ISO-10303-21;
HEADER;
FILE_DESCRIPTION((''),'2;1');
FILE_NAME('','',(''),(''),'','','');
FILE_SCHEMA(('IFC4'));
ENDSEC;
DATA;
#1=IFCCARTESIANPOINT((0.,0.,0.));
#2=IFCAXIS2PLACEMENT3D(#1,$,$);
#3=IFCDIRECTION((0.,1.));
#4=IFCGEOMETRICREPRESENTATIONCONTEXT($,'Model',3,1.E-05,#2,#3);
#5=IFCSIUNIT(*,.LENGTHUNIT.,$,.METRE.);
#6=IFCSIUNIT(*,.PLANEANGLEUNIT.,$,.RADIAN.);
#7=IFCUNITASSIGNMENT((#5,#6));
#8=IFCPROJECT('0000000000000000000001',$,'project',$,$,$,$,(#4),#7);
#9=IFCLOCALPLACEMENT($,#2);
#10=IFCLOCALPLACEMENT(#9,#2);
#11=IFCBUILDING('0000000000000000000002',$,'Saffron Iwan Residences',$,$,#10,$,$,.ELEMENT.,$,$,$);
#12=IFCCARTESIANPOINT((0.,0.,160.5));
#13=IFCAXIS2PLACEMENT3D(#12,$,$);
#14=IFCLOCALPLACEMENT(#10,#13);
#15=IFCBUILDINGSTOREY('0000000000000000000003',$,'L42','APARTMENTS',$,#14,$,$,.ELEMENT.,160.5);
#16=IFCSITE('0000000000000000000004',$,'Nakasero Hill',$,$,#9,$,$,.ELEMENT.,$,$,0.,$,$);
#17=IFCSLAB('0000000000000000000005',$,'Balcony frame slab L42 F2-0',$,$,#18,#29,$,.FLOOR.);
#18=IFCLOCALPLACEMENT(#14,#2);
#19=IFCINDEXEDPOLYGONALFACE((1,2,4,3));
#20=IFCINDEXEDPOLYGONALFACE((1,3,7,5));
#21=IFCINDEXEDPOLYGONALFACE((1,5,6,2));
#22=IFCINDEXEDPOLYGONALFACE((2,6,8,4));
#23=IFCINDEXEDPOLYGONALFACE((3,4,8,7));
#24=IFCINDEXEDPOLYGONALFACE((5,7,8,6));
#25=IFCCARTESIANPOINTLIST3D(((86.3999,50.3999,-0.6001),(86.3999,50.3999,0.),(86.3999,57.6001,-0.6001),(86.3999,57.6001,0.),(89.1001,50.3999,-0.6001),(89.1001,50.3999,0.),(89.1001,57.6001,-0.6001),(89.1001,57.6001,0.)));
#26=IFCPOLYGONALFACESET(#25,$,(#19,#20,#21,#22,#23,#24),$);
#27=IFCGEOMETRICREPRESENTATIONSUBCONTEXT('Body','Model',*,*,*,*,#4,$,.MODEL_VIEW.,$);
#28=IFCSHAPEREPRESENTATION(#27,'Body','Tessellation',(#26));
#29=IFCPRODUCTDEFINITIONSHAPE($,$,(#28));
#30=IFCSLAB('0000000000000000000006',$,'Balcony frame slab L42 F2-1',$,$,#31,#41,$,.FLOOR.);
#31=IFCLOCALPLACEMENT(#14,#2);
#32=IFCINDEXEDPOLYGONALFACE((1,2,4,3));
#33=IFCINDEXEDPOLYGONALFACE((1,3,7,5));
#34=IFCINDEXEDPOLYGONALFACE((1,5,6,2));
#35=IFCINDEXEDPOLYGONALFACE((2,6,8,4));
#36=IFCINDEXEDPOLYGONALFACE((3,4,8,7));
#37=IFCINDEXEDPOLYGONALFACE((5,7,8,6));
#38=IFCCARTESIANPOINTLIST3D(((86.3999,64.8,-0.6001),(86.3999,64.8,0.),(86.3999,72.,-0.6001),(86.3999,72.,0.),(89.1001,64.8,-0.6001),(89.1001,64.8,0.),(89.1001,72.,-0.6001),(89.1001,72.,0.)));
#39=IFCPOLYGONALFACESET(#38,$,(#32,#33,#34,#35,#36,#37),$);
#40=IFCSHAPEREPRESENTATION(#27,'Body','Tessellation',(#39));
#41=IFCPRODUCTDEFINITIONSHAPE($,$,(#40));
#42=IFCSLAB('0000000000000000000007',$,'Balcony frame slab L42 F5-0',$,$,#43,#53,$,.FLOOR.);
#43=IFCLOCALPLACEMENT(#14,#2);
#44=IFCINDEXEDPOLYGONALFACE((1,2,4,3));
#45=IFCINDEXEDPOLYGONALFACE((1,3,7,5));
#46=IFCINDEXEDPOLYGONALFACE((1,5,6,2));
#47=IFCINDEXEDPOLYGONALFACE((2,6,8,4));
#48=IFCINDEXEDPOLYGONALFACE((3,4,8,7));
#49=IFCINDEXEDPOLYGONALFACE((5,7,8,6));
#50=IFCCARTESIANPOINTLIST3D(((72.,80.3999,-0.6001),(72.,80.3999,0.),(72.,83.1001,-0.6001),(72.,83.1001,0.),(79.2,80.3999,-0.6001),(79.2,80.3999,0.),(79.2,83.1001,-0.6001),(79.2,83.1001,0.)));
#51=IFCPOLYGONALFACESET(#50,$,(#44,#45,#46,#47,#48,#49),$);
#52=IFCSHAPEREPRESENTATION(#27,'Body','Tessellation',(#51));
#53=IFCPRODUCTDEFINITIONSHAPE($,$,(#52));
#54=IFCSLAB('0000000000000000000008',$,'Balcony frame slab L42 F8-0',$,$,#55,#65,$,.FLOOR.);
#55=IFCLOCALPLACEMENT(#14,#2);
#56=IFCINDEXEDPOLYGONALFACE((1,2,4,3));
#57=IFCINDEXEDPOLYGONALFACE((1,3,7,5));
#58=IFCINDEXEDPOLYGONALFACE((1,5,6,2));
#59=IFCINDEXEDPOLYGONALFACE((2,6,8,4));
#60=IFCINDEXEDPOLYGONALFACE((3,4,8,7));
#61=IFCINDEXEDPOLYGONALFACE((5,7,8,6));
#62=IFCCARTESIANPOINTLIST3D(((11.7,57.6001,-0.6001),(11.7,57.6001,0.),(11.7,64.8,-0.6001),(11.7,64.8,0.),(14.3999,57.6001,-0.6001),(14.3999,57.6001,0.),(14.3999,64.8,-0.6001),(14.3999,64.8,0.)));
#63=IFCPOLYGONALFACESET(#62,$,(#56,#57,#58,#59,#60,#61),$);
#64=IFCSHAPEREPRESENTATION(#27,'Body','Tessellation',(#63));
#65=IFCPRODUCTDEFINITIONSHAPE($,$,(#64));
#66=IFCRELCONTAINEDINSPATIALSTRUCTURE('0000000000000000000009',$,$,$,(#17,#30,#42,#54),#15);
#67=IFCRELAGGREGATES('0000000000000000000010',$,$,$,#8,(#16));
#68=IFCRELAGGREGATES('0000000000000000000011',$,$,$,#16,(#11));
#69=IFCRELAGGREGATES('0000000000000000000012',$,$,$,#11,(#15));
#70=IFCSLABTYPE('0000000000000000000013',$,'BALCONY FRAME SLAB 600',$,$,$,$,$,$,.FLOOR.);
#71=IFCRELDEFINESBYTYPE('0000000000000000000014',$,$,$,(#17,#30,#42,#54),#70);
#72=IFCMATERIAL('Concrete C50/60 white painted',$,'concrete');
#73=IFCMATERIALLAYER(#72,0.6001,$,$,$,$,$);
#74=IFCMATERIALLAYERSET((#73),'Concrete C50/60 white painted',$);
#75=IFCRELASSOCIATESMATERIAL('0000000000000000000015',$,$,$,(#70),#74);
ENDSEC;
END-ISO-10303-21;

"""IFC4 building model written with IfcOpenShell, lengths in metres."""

from ifc_helpers import new_model, si_unit, direction, frame, origin, place, context, subcontext, project, spatial, polyline, outline, extrude, material, layer, layer_set, type_object, element, save


model = new_model("IFC4")

# Units and contexts
model_context = context("Model", 3, precision=1e-05, world=origin(), true_north=direction((0.0, 1.0)))
body_context = subcontext(model_context, "Body", "Model", "MODEL_VIEW")
ifc_project = project(units=[si_unit("LENGTHUNIT", "METRE"), si_unit("PLANEANGLEUNIT", "RADIAN")], contexts=[model_context])

# Site, building, storey
site_placement = place(None, origin())
site = spatial("IfcSite", under=ifc_project, at=site_placement, Name="Nakasero Hill", CompositionType="ELEMENT", RefElevation=0.0)
building_placement = place(site_placement, origin())
building = spatial("IfcBuilding", under=site, at=building_placement, Name="Saffron Iwan Residences", CompositionType="ELEMENT")
storey_placement = place(building_placement, frame((0.0, 0.0, 160.5)))
storey = spatial("IfcBuildingStorey", under=building, at=storey_placement, Name="L42", Description="APARTMENTS", CompositionType="ELEMENT", Elevation=160.5)

# Slabs
ifc_material_1 = material(Name="Concrete C50/60 white painted", Category="concrete")
ifc_layer_1 = layer(ifc_material_1, 0.6001)
ifc_layer_set_1 = layer_set([ifc_layer_1], Name="Concrete C50/60 white painted")
slab_type_1 = type_object("IfcSlabType", Name="BALCONY FRAME SLAB 600", PredefinedType="FLOOR", material=ifc_layer_set_1)
slab_1_placement = place(storey_placement, frame((0.0, 0.0, -0.6001)))
element("IfcSlab", 1, at=slab_1_placement, inside=storey, type_object=slab_type_1, Name="Balcony frame slab L42 F2-0", PredefinedType="FLOOR", context=body_context, shape_type="SweptSolid", body=[
    extrude(outline(polyline([(89.1001, 50.3999), (89.1001, 57.6001), (86.3999, 57.6001), (86.3999, 50.3999), (89.1001, 50.3999)])), origin(), (0.0, 0.0, 1.0), 0.6001),
])
slab_2_placement = place(storey_placement, frame((0.0, 0.0, -0.6001)))
element("IfcSlab", 2, at=slab_2_placement, inside=storey, type_object=slab_type_1, Name="Balcony frame slab L42 F2-1", PredefinedType="FLOOR", context=body_context, shape_type="SweptSolid", body=[
    extrude(outline(polyline([(89.1001, 64.8), (89.1001, 72.0), (86.3999, 72.0), (86.3999, 64.8), (89.1001, 64.8)])), origin(), (0.0, 0.0, 1.0), 0.6001),
])
slab_3_placement = place(storey_placement, frame((0.0, 0.0, -0.6001)))
element("IfcSlab", 3, at=slab_3_placement, inside=storey, type_object=slab_type_1, Name="Balcony frame slab L42 F5-0", PredefinedType="FLOOR", context=body_context, shape_type="SweptSolid", body=[
    extrude(outline(polyline([(79.2, 83.1001), (72.0, 83.1001), (72.0, 80.3999), (79.2, 80.3999), (79.2, 83.1001)])), origin(), (0.0, 0.0, 1.0), 0.6001),
])
slab_4_placement = place(storey_placement, frame((0.0, 0.0, -0.6001)))
element("IfcSlab", 4, at=slab_4_placement, inside=storey, type_object=slab_type_1, Name="Balcony frame slab L42 F8-0", PredefinedType="FLOOR", context=body_context, shape_type="SweptSolid", body=[
    extrude(outline(polyline([(11.7, 64.8), (11.7, 57.6001), (14.3999, 57.6001), (14.3999, 64.8), (11.7, 64.8)])), origin(), (0.0, 0.0, 1.0), 0.6001),
])

save(model, "model.ifc")
